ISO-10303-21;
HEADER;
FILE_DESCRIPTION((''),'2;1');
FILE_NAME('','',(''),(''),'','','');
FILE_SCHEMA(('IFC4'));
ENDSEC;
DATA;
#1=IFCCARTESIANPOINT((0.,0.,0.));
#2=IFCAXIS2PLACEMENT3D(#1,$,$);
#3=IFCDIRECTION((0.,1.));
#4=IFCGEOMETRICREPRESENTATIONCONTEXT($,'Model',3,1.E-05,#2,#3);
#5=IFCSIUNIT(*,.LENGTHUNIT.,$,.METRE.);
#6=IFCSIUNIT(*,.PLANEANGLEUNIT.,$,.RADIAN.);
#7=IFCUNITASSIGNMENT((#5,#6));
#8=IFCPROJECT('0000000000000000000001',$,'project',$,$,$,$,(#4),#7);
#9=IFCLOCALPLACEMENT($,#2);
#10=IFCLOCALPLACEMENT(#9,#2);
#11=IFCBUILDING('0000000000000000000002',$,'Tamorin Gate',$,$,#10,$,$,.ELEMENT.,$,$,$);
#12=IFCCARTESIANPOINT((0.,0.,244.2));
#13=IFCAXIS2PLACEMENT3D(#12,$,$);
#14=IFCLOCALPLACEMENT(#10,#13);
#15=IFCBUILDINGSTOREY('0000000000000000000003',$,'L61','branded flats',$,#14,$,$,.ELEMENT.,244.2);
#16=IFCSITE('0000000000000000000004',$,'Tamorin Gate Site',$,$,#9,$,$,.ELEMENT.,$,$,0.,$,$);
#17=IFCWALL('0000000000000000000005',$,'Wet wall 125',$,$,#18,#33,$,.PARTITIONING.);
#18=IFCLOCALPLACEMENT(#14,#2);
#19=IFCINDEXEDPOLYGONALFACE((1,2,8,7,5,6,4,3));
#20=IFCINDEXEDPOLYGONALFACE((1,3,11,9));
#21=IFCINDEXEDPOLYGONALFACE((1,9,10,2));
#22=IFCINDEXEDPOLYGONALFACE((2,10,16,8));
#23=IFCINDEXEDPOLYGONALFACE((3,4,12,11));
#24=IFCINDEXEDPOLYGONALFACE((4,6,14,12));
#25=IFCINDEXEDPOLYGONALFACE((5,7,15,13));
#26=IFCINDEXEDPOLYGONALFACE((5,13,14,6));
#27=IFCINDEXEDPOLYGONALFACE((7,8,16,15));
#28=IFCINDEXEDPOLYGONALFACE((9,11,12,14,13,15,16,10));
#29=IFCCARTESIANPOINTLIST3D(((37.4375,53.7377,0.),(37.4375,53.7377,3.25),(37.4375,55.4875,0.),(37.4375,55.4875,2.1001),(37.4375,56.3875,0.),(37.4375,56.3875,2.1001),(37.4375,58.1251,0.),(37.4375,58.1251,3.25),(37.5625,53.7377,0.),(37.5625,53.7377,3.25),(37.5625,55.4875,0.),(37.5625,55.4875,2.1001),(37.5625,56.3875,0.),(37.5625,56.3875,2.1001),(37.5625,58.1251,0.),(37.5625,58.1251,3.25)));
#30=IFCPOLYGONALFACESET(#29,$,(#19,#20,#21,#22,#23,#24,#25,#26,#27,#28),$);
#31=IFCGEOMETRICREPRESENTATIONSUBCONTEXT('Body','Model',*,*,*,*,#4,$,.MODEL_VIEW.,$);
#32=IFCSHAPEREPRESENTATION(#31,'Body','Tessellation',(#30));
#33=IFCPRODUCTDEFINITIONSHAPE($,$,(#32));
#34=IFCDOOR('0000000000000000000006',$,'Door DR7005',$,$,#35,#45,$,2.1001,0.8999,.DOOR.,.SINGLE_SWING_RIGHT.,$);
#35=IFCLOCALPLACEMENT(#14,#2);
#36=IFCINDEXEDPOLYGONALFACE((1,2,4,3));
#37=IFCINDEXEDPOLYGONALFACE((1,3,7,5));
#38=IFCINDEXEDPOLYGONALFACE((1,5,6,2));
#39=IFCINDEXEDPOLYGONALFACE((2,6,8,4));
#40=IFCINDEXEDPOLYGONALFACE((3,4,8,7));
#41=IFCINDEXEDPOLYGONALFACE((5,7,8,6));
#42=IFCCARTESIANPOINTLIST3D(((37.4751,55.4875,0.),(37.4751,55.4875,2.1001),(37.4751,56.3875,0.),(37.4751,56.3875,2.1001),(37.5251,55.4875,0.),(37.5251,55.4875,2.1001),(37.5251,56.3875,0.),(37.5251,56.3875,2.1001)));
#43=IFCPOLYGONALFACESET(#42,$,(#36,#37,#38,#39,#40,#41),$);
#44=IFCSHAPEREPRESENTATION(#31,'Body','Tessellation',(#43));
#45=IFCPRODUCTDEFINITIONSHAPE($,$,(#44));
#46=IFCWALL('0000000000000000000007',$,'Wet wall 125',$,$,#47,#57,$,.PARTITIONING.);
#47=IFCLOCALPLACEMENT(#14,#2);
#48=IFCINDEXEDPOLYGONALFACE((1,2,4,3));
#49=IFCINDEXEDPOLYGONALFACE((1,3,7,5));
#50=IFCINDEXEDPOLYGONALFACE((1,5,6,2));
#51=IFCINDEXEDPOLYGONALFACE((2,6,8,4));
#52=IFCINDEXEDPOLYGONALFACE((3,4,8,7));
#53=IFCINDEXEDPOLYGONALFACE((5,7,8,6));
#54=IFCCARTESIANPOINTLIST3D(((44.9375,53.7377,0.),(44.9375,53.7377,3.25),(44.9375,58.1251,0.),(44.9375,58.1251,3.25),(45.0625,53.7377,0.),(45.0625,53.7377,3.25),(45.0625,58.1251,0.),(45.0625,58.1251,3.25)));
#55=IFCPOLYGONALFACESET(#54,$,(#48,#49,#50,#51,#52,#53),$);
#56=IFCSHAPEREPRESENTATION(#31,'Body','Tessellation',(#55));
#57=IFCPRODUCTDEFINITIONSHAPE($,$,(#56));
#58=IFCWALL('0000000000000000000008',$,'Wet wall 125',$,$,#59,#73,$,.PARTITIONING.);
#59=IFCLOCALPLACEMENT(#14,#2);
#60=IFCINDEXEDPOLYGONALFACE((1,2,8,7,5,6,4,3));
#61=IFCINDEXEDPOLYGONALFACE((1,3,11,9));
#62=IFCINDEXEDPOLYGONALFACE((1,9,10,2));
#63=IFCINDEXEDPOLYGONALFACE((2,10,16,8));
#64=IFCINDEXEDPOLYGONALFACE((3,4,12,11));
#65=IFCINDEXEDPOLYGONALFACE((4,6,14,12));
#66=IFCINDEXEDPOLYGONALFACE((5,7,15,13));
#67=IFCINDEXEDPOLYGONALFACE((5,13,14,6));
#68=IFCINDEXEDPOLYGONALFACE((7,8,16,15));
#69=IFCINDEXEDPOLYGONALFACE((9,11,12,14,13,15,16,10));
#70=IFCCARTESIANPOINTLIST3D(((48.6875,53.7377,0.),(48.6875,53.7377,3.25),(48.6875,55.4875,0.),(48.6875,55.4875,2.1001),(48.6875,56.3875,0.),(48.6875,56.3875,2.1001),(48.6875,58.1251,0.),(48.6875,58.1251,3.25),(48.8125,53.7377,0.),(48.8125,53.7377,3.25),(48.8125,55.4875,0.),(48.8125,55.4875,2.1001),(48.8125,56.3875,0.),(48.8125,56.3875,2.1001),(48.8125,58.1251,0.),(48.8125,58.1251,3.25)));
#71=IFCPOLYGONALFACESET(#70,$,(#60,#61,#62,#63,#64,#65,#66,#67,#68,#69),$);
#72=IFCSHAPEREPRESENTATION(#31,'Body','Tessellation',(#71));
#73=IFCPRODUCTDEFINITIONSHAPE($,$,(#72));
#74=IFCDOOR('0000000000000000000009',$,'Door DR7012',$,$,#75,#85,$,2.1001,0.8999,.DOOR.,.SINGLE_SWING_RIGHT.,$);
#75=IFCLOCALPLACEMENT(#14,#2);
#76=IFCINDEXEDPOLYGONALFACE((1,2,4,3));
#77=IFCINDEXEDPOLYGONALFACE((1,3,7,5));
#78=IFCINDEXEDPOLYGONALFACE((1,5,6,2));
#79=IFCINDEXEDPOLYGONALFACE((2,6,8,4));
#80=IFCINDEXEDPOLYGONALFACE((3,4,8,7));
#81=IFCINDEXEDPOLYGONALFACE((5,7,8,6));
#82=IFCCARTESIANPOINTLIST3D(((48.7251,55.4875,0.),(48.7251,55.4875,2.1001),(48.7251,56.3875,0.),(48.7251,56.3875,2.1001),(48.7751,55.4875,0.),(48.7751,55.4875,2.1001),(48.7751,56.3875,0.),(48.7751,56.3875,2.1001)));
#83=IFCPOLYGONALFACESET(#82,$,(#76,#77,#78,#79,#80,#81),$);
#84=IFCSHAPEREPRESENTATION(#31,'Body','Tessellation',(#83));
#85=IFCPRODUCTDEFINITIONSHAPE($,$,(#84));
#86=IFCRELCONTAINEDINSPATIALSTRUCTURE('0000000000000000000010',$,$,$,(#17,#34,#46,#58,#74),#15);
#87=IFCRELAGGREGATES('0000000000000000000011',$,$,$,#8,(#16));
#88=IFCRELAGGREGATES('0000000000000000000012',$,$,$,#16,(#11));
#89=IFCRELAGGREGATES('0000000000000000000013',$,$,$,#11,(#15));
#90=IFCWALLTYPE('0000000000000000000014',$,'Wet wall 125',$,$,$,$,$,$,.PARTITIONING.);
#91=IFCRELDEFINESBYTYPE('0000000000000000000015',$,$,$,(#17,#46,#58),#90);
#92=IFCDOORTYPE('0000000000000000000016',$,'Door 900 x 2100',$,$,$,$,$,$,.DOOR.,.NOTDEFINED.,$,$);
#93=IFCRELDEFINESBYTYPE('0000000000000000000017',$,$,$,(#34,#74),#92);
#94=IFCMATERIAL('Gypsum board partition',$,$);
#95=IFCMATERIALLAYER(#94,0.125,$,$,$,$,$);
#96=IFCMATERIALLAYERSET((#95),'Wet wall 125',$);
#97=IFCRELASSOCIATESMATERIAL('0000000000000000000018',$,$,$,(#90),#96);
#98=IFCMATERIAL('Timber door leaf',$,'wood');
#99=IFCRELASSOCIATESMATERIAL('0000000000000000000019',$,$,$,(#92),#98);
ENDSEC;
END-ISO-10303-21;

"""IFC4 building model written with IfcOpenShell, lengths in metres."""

from ifc_helpers import new_model, si_unit, direction, frame, frame_2d, origin, place, context, subcontext, project, spatial, rectangle, extrude, material, layer, layer_set, type_object, element, fill, save


model = new_model("IFC4")

# Units and contexts
model_context = context("Model", 3, precision=1e-05, world=origin(), true_north=direction((0.0, 1.0)))
body_context = subcontext(model_context, "Body", "Model", "MODEL_VIEW")
ifc_project = project(units=[si_unit("LENGTHUNIT", "METRE"), si_unit("PLANEANGLEUNIT", "RADIAN")], contexts=[model_context])

# Site, building, storey
site_placement = place(None, origin())
site = spatial("IfcSite", under=ifc_project, at=site_placement, Name="Tamorin Gate Site", CompositionType="ELEMENT", RefElevation=0.0)
building_placement = place(site_placement, origin())
building = spatial("IfcBuilding", under=site, at=building_placement, Name="Tamorin Gate", CompositionType="ELEMENT")
storey_placement = place(building_placement, frame((0.0, 0.0, 244.2)))
storey = spatial("IfcBuildingStorey", under=building, at=storey_placement, Name="L61", Description="branded flats", CompositionType="ELEMENT", Elevation=244.2)

# Shared definitions
ifc_material_1 = material(Name="Gypsum board partition")

# Shared definitions
ifc_layer_1 = layer(ifc_material_1, 0.125)
ifc_layer_set_1 = layer_set([ifc_layer_1], Name="Wet wall 125")
wall_type_1 = type_object("IfcWallType", Name="Wet wall 125", PredefinedType="PARTITIONING", material=ifc_layer_set_1)
ifc_material_2 = material(Name="Timber door leaf", Category="wood")
door_type = type_object("IfcDoorType", Name="Door 900 x 2100", OperationType="NOTDEFINED", PredefinedType="DOOR", material=ifc_material_2)

# Wall, opening, door
wall_1_placement = place(storey_placement, frame((37.5, 53.7375, 0.0), z_axis=(0.0, 0.0, 1.0), x_axis=(0.0, 1.0, 0.0)))
wall_1 = element("IfcWall", 1, at=wall_1_placement, inside=storey, type_object=wall_type_1, Name="Wet wall 125", PredefinedType="PARTITIONING", context=body_context, shape_type="SweptSolid", body=[
    extrude(rectangle(XDim=4.3875, YDim=0.125, at=frame_2d((2.1938, 0.0))), origin(), (0.0, 0.0, 1.0), 3.25),
])
opening_1_placement = place(wall_1_placement, frame((1.75, 0.0, 0.0)))
opening_1 = element("IfcOpeningElement", 2, at=opening_1_placement, cuts=wall_1, PredefinedType="OPENING", context=body_context, shape_type="SweptSolid", body=[
    extrude(rectangle(XDim=0.8999, YDim=2.1001, at=frame_2d((0.45, 1.05))), frame((0.0, 0.0725, 0.0), z_axis=(0.0, -1.0, 0.0), x_axis=(1.0, 0.0, 0.0)), (0.0, 0.0, 1.0), 0.145),
])
door_1_placement = place(opening_1_placement, origin())
door_1 = element("IfcDoor", 3, at=door_1_placement, inside=storey, type_object=door_type, Name="Door DR7005", OperationType="SINGLE_SWING_RIGHT", OverallHeight=2.1001, OverallWidth=0.8999, PredefinedType="DOOR", context=body_context, shape_type="SweptSolid", body=[
    extrude(rectangle(XDim=0.8999, YDim=2.1001, at=frame_2d((0.45, 1.05))), frame((0.0, 0.0249, 0.0), z_axis=(0.0, -1.0, 0.0), x_axis=(1.0, 0.0, 0.0)), (0.0, 0.0, 1.0), 0.05),
])
fill(opening_1, door_1)

# Wall
wall_2_placement = place(storey_placement, frame((45.0, 53.7375, 0.0), z_axis=(0.0, 0.0, 1.0), x_axis=(0.0, 1.0, 0.0)))
element("IfcWall", 4, at=wall_2_placement, inside=storey, type_object=wall_type_1, Name="Wet wall 125", PredefinedType="PARTITIONING", context=body_context, shape_type="SweptSolid", body=[
    extrude(rectangle(XDim=4.3875, YDim=0.125, at=frame_2d((2.1938, 0.0))), origin(), (0.0, 0.0, 1.0), 3.25),
])

# Wall, opening, door
wall_3_placement = place(storey_placement, frame((48.75, 53.7375, 0.0), z_axis=(0.0, 0.0, 1.0), x_axis=(0.0, 1.0, 0.0)))
wall_3 = element("IfcWall", 5, at=wall_3_placement, inside=storey, type_object=wall_type_1, Name="Wet wall 125", PredefinedType="PARTITIONING", context=body_context, shape_type="SweptSolid", body=[
    extrude(rectangle(XDim=4.3875, YDim=0.125, at=frame_2d((2.1938, 0.0))), origin(), (0.0, 0.0, 1.0), 3.25),
])
opening_2_placement = place(wall_3_placement, frame((1.75, 0.0, 0.0)))
opening_2 = element("IfcOpeningElement", 6, at=opening_2_placement, cuts=wall_3, PredefinedType="OPENING", context=body_context, shape_type="SweptSolid", body=[
    extrude(rectangle(XDim=0.8999, YDim=2.1001, at=frame_2d((0.45, 1.05))), frame((0.0, 0.0725, 0.0), z_axis=(0.0, -1.0, 0.0), x_axis=(1.0, 0.0, 0.0)), (0.0, 0.0, 1.0), 0.145),
])
door_2_placement = place(opening_2_placement, origin())
door_2 = element("IfcDoor", 7, at=door_2_placement, inside=storey, type_object=door_type, Name="Door DR7012", OperationType="SINGLE_SWING_RIGHT", OverallHeight=2.1001, OverallWidth=0.8999, PredefinedType="DOOR", context=body_context, shape_type="SweptSolid", body=[
    extrude(rectangle(XDim=0.8999, YDim=2.1001, at=frame_2d((0.45, 1.05))), frame((0.0, 0.0249, 0.0), z_axis=(0.0, -1.0, 0.0), x_axis=(1.0, 0.0, 0.0)), (0.0, 0.0, 1.0), 0.05),
])
fill(opening_2, door_2)

save(model, "model.ifc")
